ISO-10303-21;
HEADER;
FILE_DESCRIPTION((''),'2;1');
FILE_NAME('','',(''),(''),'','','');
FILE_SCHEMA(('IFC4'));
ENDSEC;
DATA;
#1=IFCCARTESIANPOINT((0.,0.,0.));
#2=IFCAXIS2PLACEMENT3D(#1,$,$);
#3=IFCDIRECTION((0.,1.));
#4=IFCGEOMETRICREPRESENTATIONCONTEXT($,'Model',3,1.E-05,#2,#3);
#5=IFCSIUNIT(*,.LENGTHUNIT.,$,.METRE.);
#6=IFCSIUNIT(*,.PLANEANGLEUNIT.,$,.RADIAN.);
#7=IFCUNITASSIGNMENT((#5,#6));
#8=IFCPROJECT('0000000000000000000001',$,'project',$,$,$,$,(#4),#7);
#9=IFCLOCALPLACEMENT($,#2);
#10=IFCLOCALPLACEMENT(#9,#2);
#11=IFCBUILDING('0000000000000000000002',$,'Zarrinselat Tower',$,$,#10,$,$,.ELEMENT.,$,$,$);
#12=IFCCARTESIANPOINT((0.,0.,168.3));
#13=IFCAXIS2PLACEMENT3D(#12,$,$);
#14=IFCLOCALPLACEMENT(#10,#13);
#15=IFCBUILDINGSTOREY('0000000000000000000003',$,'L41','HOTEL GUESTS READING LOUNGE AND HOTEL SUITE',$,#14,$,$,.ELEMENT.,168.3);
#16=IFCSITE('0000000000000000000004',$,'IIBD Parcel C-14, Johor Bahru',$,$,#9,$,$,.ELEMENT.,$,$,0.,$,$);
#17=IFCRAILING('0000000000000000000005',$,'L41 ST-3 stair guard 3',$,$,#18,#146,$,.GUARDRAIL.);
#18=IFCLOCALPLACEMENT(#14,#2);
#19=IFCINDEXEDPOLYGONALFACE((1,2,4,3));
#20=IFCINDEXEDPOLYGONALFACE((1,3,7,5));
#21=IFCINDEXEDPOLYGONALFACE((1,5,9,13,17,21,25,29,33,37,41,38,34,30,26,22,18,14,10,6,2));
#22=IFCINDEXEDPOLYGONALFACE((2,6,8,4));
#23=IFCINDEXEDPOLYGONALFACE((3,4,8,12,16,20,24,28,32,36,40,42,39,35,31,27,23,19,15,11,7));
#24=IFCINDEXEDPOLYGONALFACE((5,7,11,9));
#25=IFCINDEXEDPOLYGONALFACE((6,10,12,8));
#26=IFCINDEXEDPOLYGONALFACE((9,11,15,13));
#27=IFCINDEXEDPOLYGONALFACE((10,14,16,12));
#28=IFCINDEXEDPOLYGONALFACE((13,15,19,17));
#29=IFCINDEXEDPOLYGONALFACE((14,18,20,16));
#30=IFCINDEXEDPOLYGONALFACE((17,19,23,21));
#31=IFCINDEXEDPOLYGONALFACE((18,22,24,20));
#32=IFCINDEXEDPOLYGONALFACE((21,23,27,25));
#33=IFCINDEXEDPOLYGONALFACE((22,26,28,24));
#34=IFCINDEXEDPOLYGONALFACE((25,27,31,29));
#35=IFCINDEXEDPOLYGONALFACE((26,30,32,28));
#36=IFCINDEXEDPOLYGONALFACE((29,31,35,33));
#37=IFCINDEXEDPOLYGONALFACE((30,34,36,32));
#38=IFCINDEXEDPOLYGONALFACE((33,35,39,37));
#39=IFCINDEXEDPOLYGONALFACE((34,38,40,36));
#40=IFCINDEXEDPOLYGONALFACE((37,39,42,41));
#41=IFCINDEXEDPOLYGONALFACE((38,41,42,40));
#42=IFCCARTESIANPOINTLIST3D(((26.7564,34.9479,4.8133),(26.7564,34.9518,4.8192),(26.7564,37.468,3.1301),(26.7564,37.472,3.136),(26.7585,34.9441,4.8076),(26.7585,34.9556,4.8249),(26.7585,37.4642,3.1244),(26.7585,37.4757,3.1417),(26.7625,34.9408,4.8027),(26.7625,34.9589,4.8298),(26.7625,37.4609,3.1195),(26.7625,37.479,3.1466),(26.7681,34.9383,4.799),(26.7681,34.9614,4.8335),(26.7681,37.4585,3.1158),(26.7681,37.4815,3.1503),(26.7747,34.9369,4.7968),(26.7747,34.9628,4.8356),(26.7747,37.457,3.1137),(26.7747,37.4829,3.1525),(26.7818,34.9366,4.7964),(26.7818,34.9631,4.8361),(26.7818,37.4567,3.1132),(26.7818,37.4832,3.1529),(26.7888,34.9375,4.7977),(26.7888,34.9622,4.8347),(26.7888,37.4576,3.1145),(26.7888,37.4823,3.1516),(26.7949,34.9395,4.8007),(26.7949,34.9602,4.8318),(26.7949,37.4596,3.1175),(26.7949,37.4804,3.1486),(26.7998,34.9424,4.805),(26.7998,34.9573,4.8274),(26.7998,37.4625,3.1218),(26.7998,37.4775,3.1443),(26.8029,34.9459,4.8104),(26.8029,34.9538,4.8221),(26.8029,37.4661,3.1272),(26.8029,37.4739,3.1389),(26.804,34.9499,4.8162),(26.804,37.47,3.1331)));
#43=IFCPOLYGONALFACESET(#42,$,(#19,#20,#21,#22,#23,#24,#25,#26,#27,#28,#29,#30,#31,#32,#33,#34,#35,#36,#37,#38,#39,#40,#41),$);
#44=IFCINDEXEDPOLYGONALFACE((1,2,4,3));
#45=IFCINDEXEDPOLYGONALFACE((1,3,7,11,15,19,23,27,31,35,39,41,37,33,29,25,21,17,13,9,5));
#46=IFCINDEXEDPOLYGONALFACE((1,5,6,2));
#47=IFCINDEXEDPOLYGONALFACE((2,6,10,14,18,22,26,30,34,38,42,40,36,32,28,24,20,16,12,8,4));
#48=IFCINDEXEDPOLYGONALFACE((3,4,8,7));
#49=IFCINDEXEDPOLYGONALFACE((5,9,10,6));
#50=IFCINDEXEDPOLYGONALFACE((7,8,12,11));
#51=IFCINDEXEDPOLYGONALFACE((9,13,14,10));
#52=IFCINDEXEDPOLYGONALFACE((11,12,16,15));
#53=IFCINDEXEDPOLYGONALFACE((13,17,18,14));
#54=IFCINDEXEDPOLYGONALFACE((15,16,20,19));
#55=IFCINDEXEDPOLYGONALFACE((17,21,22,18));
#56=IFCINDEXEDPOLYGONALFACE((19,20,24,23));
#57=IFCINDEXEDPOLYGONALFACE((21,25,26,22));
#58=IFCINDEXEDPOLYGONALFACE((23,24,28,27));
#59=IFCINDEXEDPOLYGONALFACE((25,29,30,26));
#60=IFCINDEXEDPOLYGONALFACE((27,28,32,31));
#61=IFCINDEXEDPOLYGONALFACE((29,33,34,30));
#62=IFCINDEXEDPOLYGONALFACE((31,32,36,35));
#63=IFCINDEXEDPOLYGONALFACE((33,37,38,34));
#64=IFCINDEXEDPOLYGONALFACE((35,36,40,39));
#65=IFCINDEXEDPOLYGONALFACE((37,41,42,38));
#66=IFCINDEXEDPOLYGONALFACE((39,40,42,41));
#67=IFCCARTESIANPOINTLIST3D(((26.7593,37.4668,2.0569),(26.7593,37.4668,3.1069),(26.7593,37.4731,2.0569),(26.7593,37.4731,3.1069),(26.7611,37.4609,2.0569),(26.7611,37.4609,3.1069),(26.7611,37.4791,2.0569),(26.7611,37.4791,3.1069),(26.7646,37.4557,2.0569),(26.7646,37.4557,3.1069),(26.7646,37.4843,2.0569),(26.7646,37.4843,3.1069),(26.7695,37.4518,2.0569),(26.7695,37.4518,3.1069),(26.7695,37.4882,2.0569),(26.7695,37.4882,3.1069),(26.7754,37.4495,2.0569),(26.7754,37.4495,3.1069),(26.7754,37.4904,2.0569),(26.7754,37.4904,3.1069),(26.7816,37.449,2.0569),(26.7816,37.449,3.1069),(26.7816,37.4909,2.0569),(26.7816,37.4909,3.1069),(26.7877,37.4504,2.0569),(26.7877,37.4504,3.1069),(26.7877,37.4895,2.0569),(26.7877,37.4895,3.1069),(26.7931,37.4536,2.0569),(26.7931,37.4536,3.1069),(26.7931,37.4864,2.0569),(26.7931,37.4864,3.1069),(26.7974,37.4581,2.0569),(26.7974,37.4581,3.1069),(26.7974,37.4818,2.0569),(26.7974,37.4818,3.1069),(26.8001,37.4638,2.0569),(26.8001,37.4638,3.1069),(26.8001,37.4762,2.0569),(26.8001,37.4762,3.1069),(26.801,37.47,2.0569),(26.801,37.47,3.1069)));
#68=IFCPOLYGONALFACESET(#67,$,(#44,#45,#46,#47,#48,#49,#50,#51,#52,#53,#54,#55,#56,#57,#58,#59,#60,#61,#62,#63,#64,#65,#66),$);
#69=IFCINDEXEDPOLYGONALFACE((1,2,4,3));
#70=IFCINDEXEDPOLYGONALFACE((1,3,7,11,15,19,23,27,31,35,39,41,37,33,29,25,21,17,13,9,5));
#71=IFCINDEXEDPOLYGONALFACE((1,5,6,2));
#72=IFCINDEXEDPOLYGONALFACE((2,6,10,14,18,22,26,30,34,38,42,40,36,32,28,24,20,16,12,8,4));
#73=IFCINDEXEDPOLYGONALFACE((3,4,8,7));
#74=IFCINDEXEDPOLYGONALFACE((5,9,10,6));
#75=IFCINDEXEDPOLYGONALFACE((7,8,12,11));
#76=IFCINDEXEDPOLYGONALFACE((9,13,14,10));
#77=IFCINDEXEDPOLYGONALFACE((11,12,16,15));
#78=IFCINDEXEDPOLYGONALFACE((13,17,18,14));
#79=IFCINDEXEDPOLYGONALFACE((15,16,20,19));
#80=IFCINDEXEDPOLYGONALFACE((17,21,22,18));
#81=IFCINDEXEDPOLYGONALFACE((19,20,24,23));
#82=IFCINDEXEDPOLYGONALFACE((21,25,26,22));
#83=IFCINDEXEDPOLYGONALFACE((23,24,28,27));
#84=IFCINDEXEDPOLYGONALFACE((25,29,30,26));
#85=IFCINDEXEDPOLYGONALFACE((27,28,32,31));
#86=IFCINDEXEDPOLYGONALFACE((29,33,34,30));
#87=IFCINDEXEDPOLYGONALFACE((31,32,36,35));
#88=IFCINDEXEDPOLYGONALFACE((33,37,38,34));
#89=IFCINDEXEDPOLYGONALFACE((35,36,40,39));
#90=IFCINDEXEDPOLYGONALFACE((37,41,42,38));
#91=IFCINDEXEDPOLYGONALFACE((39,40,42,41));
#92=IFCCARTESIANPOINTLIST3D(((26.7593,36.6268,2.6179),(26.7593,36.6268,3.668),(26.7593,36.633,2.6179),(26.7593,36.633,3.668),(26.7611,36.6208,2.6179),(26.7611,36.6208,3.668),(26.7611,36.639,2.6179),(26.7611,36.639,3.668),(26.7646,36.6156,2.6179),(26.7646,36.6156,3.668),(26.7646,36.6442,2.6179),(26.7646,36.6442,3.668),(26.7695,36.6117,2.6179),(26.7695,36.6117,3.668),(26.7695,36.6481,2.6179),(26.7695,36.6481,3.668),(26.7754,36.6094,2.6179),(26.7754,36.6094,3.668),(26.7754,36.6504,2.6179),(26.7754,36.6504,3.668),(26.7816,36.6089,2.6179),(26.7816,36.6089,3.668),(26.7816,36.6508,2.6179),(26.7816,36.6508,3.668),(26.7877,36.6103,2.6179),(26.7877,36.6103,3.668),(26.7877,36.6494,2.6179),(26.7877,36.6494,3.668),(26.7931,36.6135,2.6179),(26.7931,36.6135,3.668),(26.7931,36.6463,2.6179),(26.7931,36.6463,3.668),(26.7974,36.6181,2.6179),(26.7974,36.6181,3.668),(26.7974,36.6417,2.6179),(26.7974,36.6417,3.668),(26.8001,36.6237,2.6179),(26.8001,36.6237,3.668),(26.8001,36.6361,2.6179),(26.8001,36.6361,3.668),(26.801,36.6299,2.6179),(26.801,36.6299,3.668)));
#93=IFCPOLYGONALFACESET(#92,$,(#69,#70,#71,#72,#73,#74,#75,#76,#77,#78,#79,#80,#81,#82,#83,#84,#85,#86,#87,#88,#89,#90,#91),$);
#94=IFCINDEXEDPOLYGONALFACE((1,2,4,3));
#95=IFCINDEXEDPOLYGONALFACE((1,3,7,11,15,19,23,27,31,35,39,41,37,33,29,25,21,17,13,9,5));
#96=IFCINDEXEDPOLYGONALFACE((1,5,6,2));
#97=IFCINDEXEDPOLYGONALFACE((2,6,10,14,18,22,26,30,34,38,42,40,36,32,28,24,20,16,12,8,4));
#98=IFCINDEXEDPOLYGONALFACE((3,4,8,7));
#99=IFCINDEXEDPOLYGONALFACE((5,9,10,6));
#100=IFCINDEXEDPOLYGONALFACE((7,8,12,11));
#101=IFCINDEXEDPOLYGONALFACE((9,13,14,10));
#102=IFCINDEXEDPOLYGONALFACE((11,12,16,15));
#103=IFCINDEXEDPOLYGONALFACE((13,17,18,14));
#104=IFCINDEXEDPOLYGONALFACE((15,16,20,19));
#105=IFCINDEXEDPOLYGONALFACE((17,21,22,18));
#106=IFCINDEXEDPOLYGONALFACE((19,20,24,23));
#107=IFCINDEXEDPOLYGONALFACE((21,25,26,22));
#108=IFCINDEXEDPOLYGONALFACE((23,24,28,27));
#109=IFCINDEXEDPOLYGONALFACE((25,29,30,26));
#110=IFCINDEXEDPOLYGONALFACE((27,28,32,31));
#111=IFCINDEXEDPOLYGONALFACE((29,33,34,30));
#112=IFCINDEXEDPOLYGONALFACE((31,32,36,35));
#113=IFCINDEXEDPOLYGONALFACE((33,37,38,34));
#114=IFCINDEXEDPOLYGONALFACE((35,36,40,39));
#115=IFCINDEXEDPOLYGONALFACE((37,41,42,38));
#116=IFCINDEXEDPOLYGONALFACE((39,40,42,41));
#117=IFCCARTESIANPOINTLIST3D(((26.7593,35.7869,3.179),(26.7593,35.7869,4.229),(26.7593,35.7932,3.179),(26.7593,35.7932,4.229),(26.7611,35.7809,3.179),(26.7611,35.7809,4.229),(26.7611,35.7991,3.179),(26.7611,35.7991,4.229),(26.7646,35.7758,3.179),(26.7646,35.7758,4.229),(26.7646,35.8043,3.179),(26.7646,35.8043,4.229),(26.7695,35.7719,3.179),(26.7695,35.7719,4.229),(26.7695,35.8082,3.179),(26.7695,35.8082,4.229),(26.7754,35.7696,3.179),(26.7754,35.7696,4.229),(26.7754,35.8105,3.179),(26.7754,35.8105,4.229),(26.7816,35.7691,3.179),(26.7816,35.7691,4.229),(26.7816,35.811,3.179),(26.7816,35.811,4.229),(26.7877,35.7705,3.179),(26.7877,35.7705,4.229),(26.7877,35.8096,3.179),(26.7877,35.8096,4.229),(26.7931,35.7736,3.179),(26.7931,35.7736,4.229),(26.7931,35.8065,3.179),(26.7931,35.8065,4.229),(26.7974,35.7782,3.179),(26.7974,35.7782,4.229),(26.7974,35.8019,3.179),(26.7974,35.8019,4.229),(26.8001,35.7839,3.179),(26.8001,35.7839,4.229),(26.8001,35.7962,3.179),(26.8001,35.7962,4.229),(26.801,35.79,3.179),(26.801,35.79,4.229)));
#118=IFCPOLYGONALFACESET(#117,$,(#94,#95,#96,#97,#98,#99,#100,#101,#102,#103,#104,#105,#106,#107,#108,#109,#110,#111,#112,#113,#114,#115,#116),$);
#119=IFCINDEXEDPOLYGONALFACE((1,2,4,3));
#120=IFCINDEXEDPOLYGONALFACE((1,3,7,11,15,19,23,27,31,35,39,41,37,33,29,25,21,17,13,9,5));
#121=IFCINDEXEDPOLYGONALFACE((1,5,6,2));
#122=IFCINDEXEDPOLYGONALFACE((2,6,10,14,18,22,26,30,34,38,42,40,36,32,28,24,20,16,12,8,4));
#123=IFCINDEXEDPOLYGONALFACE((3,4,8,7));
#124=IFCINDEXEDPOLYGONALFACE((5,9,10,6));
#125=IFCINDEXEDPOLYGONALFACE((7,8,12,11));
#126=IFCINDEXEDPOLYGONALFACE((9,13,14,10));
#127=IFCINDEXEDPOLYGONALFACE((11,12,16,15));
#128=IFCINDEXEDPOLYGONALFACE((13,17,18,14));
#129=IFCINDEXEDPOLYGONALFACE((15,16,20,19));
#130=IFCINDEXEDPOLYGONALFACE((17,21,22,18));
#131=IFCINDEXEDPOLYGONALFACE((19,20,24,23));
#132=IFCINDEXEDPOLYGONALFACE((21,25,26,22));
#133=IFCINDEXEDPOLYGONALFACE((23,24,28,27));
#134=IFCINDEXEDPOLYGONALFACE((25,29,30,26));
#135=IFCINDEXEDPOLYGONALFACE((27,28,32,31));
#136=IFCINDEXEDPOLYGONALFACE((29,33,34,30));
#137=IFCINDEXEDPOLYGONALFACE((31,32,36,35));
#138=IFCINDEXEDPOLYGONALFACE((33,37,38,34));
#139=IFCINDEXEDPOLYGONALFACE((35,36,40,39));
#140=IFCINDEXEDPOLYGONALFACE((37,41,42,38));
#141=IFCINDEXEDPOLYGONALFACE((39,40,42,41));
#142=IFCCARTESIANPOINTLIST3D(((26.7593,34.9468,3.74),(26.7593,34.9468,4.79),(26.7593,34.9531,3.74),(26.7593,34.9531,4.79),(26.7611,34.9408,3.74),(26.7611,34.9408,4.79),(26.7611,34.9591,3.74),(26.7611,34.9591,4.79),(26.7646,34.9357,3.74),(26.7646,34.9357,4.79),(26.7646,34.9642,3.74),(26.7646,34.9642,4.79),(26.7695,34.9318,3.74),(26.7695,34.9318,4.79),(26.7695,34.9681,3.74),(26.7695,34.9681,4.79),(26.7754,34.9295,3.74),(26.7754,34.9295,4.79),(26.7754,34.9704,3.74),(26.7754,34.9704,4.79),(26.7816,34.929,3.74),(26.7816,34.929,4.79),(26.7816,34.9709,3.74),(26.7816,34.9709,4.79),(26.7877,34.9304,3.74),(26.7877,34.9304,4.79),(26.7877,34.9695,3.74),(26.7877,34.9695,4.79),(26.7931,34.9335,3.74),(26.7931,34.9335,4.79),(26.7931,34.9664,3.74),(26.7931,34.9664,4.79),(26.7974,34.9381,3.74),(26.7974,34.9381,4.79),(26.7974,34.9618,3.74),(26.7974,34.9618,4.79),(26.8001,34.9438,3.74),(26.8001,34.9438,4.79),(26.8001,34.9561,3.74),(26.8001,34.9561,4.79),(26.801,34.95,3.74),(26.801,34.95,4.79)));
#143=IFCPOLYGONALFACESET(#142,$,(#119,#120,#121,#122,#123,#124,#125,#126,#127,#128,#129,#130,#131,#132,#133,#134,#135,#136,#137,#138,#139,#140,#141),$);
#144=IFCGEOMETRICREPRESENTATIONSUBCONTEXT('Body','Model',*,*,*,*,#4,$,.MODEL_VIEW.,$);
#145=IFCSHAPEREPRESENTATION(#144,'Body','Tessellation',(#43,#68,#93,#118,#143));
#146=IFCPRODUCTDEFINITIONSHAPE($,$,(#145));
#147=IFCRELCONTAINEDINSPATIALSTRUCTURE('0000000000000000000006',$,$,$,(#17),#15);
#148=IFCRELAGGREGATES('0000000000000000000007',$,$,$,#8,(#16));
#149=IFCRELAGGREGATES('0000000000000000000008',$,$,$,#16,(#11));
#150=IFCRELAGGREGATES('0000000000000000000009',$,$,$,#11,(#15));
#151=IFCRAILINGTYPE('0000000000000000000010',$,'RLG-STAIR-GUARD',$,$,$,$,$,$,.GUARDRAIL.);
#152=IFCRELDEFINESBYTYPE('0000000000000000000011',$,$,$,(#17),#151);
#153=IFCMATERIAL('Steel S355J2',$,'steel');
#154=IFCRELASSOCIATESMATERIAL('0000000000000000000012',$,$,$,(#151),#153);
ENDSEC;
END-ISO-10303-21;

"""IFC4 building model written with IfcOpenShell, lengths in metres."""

from ifc_helpers import new_model, si_unit, direction, frame, origin, origin_2d, place, context, subcontext, project, spatial, circle, extrude, material, type_object, element, save


model = new_model("IFC4")

# Units and contexts
model_context = context("Model", 3, precision=1e-05, world=origin(), true_north=direction((0.0, 1.0)))
body_context = subcontext(model_context, "Body", "Model", "MODEL_VIEW")
ifc_project = project(units=[si_unit("LENGTHUNIT", "METRE"), si_unit("PLANEANGLEUNIT", "RADIAN")], contexts=[model_context])

# Site, building, storey
site_placement = place(None, origin())
site = spatial("IfcSite", under=ifc_project, at=site_placement, Name="IIBD Parcel C-14, Johor Bahru", CompositionType="ELEMENT", RefElevation=0.0)
building_placement = place(site_placement, origin())
building = spatial("IfcBuilding", under=site, at=building_placement, Name="Zarrinselat Tower", CompositionType="ELEMENT")
storey_placement = place(building_placement, frame((0.0, 0.0, 168.3)))
storey = spatial("IfcBuildingStorey", under=building, at=storey_placement, Name="L41", Description="HOTEL GUESTS READING LOUNGE AND HOTEL SUITE", CompositionType="ELEMENT", Elevation=168.3)

# Railing
ifc_material_1 = material(Name="Steel S355J2", Category="steel")
railing_type_1 = type_object("IfcRailingType", Name="RLG-STAIR-GUARD", PredefinedType="GUARDRAIL", material=ifc_material_1)
railing_1_placement = place(storey_placement, frame((26.78, 37.47, 2.0569)))
element("IfcRailing", 1, at=railing_1_placement, inside=storey, type_object=railing_type_1, Name="L41 ST-3 stair guard 3", PredefinedType="GUARDRAIL", context=body_context, shape_type="SweptSolid", body=[
    extrude(circle(Radius=0.0239, at=origin_2d()), frame((0.0, 0.0, 1.0762), z_axis=(0.0, -0.831579, 0.555406), x_axis=(1.0, 0.0, 0.0)), (0.0, 0.0, 1.0), 3.0305),
    extrude(circle(Radius=0.021, at=origin_2d()), origin(), (0.0, 0.0, 1.0), 1.05),
    extrude(circle(Radius=0.021, at=origin_2d()), frame((0.0, -0.8401, 0.561)), (0.0, 0.0, 1.0), 1.05),
    extrude(circle(Radius=0.021, at=origin_2d()), frame((0.0, -1.6799, 1.1221)), (0.0, 0.0, 1.0), 1.05),
    extrude(circle(Radius=0.021, at=origin_2d()), frame((0.0, -2.52, 1.6831)), (0.0, 0.0, 1.0), 1.05),
])

save(model, "model.ifc")
